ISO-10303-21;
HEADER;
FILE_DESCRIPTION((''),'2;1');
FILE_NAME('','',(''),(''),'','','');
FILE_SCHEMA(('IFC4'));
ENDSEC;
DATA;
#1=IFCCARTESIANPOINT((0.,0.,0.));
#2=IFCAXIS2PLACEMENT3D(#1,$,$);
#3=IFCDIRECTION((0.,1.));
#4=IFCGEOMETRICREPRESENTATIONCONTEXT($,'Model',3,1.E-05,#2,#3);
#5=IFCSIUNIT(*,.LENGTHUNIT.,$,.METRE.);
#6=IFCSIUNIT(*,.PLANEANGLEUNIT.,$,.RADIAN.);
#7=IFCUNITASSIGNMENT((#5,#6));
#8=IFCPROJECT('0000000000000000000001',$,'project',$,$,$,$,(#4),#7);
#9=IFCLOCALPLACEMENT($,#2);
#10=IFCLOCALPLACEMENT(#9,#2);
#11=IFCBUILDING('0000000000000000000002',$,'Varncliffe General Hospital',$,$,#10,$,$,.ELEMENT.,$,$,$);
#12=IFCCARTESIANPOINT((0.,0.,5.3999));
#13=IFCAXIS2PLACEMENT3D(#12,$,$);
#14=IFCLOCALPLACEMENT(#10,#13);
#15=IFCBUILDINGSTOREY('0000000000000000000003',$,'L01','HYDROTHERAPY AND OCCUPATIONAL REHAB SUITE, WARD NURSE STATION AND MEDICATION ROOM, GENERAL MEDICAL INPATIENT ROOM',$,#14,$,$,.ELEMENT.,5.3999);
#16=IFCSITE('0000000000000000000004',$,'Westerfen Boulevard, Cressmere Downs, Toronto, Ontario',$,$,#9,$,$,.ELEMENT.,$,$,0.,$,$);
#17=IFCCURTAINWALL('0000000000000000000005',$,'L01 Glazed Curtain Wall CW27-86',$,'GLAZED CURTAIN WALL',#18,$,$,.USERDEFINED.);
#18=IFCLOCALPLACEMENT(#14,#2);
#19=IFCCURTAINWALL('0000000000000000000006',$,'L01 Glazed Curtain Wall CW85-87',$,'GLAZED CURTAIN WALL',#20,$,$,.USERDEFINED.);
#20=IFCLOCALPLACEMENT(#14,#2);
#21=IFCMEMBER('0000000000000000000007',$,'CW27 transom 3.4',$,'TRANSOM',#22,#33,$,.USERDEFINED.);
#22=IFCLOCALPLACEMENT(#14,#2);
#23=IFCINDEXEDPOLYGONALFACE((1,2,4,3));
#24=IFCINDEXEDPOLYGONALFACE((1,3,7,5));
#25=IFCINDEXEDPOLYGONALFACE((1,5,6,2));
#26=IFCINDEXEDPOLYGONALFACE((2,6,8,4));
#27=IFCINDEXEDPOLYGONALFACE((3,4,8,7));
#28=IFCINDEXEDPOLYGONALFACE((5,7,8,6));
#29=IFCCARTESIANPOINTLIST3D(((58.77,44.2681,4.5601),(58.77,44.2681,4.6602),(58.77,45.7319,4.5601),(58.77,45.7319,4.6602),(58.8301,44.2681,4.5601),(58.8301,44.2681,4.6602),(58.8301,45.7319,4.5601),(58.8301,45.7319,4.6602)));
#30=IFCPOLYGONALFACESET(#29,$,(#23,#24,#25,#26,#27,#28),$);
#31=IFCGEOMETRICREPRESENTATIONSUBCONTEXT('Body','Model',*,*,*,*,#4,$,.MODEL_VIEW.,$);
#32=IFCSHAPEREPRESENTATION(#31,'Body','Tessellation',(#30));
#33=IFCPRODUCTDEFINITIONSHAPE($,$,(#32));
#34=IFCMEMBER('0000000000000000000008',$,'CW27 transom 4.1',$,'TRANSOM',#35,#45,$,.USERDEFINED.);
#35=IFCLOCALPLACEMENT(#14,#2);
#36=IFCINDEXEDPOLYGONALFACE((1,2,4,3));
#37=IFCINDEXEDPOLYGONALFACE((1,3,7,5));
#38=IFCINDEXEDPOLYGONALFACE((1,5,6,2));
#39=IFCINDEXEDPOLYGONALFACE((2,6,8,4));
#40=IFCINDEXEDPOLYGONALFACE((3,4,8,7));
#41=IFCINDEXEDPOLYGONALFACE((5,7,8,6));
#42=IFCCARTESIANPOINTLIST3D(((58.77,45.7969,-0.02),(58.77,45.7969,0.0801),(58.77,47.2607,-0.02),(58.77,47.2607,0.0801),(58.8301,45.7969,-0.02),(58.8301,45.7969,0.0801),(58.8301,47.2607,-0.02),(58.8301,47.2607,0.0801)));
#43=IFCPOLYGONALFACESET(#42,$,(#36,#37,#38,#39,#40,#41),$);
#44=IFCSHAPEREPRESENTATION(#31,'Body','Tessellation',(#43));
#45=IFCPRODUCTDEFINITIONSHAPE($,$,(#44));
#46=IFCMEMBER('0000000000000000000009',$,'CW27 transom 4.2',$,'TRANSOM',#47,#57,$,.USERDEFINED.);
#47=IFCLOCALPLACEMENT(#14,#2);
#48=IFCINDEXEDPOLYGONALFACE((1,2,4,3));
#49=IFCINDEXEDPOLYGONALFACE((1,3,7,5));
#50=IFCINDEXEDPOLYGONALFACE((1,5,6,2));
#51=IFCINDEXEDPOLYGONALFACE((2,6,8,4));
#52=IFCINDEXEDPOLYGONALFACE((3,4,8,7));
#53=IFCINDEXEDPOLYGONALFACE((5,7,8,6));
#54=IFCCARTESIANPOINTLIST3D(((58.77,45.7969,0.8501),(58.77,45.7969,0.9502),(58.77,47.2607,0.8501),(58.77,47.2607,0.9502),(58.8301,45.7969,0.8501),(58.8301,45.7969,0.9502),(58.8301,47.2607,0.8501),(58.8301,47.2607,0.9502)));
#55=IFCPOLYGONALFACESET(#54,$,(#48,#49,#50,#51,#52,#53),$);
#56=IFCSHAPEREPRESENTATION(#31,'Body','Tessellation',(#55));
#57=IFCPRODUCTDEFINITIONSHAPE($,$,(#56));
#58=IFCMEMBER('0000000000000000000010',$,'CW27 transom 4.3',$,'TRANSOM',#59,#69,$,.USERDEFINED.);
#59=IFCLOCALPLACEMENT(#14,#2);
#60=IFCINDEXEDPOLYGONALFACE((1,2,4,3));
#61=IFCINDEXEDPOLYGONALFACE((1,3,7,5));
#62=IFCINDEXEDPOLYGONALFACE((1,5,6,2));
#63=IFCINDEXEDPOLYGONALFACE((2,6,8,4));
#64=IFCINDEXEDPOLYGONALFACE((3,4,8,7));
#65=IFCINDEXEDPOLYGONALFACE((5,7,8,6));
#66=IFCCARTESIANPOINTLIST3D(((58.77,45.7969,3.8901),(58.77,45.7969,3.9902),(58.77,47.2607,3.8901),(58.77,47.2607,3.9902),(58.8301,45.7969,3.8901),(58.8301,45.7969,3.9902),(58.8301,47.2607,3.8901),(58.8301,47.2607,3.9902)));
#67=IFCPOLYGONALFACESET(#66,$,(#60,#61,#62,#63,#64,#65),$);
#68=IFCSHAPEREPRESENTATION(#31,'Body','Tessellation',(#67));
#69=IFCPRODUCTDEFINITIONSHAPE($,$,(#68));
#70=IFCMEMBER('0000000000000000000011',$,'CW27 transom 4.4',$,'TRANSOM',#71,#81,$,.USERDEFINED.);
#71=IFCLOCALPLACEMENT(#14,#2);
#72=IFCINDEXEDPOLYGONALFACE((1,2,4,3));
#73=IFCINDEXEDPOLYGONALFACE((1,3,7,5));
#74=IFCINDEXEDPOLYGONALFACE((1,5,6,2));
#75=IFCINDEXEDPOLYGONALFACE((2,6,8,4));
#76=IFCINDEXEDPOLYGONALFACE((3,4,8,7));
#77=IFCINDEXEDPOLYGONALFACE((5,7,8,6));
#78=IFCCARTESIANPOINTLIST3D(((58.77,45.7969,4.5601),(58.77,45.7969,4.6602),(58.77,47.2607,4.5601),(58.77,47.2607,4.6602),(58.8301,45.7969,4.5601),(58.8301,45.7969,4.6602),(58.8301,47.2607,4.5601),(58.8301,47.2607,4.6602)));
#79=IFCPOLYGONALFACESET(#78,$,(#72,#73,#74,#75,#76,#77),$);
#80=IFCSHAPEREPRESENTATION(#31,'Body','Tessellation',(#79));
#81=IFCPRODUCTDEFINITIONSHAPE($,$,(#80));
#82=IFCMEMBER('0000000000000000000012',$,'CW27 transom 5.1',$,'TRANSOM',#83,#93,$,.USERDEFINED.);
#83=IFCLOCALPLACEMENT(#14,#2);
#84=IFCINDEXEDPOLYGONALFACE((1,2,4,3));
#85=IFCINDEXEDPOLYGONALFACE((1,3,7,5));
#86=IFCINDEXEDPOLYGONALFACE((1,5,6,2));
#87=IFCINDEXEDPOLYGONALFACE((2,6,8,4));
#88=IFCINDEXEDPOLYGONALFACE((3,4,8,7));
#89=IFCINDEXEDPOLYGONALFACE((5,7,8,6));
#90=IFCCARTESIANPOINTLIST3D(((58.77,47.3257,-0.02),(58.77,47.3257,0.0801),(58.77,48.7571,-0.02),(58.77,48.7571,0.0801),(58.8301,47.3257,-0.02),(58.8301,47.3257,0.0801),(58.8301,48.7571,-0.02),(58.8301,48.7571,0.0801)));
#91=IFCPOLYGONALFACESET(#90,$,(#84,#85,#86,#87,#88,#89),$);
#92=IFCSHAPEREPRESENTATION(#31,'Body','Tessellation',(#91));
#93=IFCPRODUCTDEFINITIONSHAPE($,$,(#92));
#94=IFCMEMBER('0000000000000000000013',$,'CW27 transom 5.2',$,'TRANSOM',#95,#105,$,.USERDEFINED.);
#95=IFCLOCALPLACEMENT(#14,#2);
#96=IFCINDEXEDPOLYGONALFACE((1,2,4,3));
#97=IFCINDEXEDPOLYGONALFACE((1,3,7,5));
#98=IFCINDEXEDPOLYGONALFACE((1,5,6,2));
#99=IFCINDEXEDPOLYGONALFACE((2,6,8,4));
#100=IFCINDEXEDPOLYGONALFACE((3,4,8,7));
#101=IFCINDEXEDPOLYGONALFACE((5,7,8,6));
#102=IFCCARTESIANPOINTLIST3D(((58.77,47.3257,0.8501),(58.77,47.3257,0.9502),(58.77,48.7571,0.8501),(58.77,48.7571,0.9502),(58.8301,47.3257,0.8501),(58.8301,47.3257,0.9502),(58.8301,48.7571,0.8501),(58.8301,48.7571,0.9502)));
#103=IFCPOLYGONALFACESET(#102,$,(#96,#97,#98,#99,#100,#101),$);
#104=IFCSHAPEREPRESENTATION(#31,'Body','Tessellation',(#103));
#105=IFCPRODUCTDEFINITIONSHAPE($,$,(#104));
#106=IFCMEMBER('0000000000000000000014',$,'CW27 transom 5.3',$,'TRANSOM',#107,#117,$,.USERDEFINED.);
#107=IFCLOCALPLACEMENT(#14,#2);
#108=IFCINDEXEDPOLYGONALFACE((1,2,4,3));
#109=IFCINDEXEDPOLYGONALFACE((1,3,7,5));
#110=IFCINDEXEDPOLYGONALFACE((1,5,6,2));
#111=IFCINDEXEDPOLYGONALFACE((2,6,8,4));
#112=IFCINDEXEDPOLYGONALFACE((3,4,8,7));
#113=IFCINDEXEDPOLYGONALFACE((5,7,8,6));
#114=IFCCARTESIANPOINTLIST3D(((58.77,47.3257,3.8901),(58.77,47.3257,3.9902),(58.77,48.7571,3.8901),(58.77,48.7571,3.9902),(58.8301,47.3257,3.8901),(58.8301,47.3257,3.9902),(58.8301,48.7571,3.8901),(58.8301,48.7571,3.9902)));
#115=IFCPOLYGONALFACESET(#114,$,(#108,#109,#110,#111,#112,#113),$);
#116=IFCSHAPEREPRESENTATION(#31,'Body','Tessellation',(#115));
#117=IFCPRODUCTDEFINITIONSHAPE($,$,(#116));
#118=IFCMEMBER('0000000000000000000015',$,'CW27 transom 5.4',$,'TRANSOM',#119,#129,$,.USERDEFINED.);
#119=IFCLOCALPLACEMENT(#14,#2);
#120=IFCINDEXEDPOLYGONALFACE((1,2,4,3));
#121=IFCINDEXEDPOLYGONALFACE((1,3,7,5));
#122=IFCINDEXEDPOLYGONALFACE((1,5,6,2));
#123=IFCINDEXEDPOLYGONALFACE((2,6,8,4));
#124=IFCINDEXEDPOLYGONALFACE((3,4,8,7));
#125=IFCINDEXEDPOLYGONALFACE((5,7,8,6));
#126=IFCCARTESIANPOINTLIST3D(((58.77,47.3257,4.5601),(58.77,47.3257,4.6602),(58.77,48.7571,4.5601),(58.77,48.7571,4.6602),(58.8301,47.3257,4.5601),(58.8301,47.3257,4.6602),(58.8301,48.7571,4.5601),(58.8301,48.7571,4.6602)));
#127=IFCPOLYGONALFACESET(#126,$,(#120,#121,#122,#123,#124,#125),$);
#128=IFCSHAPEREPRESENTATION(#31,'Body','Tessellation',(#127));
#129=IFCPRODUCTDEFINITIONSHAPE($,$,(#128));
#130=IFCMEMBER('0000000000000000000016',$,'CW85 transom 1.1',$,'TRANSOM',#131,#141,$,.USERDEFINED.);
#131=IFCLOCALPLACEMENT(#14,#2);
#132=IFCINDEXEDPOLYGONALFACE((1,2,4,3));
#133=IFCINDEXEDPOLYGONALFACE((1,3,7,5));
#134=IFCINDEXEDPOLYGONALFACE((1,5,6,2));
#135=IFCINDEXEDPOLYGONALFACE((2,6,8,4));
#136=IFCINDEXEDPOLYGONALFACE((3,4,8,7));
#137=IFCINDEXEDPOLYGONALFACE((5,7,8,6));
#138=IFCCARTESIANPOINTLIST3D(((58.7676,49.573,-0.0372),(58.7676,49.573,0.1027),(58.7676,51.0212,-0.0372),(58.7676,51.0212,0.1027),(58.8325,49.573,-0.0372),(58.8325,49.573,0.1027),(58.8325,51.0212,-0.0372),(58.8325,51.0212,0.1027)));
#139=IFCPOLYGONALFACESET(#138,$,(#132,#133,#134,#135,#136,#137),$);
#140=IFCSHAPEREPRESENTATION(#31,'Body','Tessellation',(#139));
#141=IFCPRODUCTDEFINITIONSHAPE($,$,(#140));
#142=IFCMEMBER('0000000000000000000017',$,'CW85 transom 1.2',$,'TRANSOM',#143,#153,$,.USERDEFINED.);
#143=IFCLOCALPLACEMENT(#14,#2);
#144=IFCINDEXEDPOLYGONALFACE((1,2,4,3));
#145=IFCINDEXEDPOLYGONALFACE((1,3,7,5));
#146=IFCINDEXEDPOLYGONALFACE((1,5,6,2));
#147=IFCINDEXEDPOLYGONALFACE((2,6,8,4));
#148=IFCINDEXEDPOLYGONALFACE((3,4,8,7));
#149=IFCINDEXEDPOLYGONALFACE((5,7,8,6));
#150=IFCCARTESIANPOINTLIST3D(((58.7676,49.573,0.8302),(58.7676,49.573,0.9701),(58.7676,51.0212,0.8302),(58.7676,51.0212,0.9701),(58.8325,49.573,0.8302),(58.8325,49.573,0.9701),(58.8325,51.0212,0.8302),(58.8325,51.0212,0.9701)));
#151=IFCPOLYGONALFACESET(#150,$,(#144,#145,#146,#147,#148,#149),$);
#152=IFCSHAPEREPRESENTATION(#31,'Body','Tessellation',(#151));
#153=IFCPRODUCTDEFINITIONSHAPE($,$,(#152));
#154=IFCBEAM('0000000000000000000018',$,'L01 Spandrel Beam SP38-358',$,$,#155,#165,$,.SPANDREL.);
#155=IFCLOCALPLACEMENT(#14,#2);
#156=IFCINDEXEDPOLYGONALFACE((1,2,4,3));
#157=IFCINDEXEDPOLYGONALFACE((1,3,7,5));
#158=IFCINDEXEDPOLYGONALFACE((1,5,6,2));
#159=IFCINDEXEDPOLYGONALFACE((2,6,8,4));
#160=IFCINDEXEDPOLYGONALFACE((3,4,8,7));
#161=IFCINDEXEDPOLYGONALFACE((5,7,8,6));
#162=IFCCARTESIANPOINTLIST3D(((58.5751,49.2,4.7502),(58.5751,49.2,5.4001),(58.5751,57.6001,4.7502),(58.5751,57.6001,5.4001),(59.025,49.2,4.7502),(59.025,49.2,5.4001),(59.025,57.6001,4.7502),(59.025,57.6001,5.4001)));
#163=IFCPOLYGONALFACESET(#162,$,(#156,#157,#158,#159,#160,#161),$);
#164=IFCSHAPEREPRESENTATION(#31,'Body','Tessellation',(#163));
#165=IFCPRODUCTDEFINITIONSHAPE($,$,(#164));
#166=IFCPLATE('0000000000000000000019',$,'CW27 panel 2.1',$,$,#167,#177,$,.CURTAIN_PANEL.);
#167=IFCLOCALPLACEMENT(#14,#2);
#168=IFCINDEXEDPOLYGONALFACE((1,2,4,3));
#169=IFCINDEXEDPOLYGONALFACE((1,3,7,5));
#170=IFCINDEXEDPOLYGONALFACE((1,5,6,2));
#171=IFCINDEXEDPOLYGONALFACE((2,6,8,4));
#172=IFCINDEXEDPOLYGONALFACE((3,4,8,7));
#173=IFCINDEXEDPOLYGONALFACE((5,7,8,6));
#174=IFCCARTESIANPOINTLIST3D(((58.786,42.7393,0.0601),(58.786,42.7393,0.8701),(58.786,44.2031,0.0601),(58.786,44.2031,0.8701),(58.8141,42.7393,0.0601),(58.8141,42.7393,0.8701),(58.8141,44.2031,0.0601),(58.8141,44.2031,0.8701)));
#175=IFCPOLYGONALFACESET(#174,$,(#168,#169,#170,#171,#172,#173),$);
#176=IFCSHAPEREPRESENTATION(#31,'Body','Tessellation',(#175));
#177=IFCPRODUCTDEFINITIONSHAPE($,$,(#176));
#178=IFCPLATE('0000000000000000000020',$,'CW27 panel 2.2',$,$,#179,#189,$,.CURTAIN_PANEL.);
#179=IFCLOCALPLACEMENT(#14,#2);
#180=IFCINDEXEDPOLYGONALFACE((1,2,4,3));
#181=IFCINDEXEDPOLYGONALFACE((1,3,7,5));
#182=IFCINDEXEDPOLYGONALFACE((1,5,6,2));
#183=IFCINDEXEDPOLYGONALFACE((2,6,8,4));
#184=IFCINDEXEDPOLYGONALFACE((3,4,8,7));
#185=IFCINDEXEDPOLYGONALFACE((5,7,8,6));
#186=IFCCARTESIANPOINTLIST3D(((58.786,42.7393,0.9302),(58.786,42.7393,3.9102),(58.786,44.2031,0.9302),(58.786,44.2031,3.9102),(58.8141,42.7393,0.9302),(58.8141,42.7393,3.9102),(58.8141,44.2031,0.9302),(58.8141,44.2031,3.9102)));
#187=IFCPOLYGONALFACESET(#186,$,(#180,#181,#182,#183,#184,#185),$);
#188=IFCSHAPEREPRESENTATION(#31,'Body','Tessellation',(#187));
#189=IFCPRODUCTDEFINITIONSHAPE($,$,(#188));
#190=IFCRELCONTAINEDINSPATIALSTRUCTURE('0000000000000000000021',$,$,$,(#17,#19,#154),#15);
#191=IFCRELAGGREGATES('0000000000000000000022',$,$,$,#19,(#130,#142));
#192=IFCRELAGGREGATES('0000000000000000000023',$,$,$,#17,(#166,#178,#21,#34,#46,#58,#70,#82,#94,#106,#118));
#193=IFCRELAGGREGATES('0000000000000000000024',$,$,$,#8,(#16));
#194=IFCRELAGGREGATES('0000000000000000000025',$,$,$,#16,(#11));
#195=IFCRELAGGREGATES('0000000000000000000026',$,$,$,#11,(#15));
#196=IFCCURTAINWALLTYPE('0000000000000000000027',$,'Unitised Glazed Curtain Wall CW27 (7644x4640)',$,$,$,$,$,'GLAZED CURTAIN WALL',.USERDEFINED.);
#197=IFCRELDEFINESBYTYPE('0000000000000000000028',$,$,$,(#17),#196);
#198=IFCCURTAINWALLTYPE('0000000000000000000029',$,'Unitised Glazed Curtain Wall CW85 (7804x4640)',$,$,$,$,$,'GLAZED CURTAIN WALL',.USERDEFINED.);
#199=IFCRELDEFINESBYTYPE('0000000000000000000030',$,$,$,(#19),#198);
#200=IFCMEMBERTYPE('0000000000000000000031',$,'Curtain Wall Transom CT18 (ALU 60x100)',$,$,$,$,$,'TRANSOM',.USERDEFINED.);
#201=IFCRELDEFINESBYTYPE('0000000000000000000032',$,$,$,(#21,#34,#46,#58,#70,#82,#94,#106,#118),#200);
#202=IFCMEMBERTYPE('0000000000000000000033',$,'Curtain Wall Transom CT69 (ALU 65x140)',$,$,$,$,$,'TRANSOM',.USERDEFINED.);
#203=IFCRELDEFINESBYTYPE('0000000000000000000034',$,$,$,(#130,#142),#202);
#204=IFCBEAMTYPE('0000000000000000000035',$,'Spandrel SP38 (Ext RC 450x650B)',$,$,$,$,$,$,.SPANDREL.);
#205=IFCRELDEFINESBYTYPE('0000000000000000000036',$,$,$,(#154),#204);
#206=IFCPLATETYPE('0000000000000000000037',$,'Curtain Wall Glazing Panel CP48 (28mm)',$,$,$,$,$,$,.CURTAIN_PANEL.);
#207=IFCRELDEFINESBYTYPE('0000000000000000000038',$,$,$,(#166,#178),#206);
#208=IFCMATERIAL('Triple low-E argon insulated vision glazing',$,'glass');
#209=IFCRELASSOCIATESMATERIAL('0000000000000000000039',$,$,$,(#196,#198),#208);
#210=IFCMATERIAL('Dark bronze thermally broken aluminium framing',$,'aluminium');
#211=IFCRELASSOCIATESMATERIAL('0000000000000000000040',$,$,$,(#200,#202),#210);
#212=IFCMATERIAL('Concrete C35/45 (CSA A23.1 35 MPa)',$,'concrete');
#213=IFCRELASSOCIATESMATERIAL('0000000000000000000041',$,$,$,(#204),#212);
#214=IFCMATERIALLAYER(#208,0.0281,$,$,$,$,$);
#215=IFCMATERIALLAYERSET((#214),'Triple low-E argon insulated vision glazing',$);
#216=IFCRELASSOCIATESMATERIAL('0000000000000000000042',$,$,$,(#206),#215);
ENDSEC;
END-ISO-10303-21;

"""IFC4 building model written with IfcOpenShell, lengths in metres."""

from ifc_helpers import new_model, si_unit, direction, frame, origin, origin_2d, place, context, subcontext, project, spatial, rectangle, extrude, material, layer, layer_set, material_profile, profile_set, type_object, element, aggregate, save


model = new_model("IFC4")

# Units and contexts
model_context = context("Model", 3, precision=1e-05, world=origin(), true_north=direction((0.0, 1.0)))
body_context = subcontext(model_context, "Body", "Model", "MODEL_VIEW")
ifc_project = project(units=[si_unit("LENGTHUNIT", "METRE"), si_unit("PLANEANGLEUNIT", "RADIAN")], contexts=[model_context])

# Site, building, storey
site_placement = place(None, origin())
site = spatial("IfcSite", under=ifc_project, at=site_placement, Name="Westerfen Boulevard, Cressmere Downs, Toronto, Ontario", CompositionType="ELEMENT", RefElevation=0.0)
building_placement = place(site_placement, origin())
building = spatial("IfcBuilding", under=site, at=building_placement, Name="Varncliffe General Hospital", CompositionType="ELEMENT")
storey_placement = place(building_placement, frame((0.0, 0.0, 5.3999)))
storey = spatial("IfcBuildingStorey", under=building, at=storey_placement, Name="L01", Description="HYDROTHERAPY AND OCCUPATIONAL REHAB SUITE, WARD NURSE STATION AND MEDICATION ROOM, GENERAL MEDICAL INPATIENT ROOM", CompositionType="ELEMENT", Elevation=5.3999)

# Curtain wall
ifc_material_1 = material(Name="Triple low-E argon insulated vision glazing", Category="glass")
curtain_wall_type_1 = type_object("IfcCurtainWallType", Name="Unitised Glazed Curtain Wall CW27 (7644x4640)", ElementType="GLAZED CURTAIN WALL", PredefinedType="USERDEFINED", material=ifc_material_1)
curtain_wall_1_placement = place(storey_placement, origin())
curtain_wall_1 = element("IfcCurtainWall", 1, at=curtain_wall_1_placement, inside=storey, type_object=curtain_wall_type_1, Name="L01 Glazed Curtain Wall CW27-86", ObjectType="GLAZED CURTAIN WALL", PredefinedType="USERDEFINED")
ifc_material_2 = material(Name="Dark bronze thermally broken aluminium framing", Category="aluminium")

# Curtain wall
curtain_wall_type_2 = type_object("IfcCurtainWallType", Name="Unitised Glazed Curtain Wall CW85 (7804x4640)", ElementType="GLAZED CURTAIN WALL", PredefinedType="USERDEFINED", material=ifc_material_1)
curtain_wall_2_placement = place(storey_placement, origin())
curtain_wall_2 = element("IfcCurtainWall", 2, at=curtain_wall_2_placement, inside=storey, type_object=curtain_wall_type_2, Name="L01 Glazed Curtain Wall CW85-87", ObjectType="GLAZED CURTAIN WALL", PredefinedType="USERDEFINED")

# Members
ifc_material_profile_1 = material_profile(ifc_material_2, rectangle(XDim=0.0601, YDim=0.1001, at=origin_2d()), Name="ALU 60x100")
ifc_profile_set_1 = profile_set([ifc_material_profile_1], Name="Dark bronze thermally broken aluminium framing")
member_type_1 = type_object("IfcMemberType", Name="Curtain Wall Transom CT18 (ALU 60x100)", ElementType="TRANSOM", PredefinedType="USERDEFINED", material=ifc_profile_set_1)
member_1_placement = place(storey_placement, frame((58.8, 44.2681, 4.6101), z_axis=(0.0, 1.0, 0.0), x_axis=(-1.0, 0.0, 0.0)))
member_1 = element("IfcMember", 3, at=member_1_placement, type_object=member_type_1, Name="CW27 transom 3.4", ObjectType="TRANSOM", PredefinedType="USERDEFINED", context=body_context, shape_type="SweptSolid", body=[
    extrude(rectangle(XDim=0.0601, YDim=0.1001, at=origin_2d()), origin(), (0.0, 0.0, 1.0), 1.4639),
])
member_2_placement = place(storey_placement, frame((58.8, 45.7969, 0.03), z_axis=(0.0, 1.0, 0.0), x_axis=(-1.0, 0.0, 0.0)))
member_2 = element("IfcMember", 4, at=member_2_placement, type_object=member_type_1, Name="CW27 transom 4.1", ObjectType="TRANSOM", PredefinedType="USERDEFINED", context=body_context, shape_type="SweptSolid", body=[
    extrude(rectangle(XDim=0.0601, YDim=0.1001, at=origin_2d()), origin(), (0.0, 0.0, 1.0), 1.4639),
])
member_3_placement = place(storey_placement, frame((58.8, 45.7969, 0.9001), z_axis=(0.0, 1.0, 0.0), x_axis=(-1.0, 0.0, 0.0)))
member_3 = element("IfcMember", 5, at=member_3_placement, type_object=member_type_1, Name="CW27 transom 4.2", ObjectType="TRANSOM", PredefinedType="USERDEFINED", context=body_context, shape_type="SweptSolid", body=[
    extrude(rectangle(XDim=0.0601, YDim=0.1001, at=origin_2d()), origin(), (0.0, 0.0, 1.0), 1.4639),
])
member_4_placement = place(storey_placement, frame((58.8, 45.7969, 3.9402), z_axis=(0.0, 1.0, 0.0), x_axis=(-1.0, 0.0, 0.0)))
member_4 = element("IfcMember", 6, at=member_4_placement, type_object=member_type_1, Name="CW27 transom 4.3", ObjectType="TRANSOM", PredefinedType="USERDEFINED", context=body_context, shape_type="SweptSolid", body=[
    extrude(rectangle(XDim=0.0601, YDim=0.1001, at=origin_2d()), origin(), (0.0, 0.0, 1.0), 1.4639),
])
member_5_placement = place(storey_placement, frame((58.8, 45.7969, 4.6101), z_axis=(0.0, 1.0, 0.0), x_axis=(-1.0, 0.0, 0.0)))
member_5 = element("IfcMember", 7, at=member_5_placement, type_object=member_type_1, Name="CW27 transom 4.4", ObjectType="TRANSOM", PredefinedType="USERDEFINED", context=body_context, shape_type="SweptSolid", body=[
    extrude(rectangle(XDim=0.0601, YDim=0.1001, at=origin_2d()), origin(), (0.0, 0.0, 1.0), 1.4639),
])
member_6_placement = place(storey_placement, frame((58.8, 47.3257, 0.03), z_axis=(0.0, 1.0, 0.0), x_axis=(-1.0, 0.0, 0.0)))
member_6 = element("IfcMember", 8, at=member_6_placement, type_object=member_type_1, Name="CW27 transom 5.1", ObjectType="TRANSOM", PredefinedType="USERDEFINED", context=body_context, shape_type="SweptSolid", body=[
    extrude(rectangle(XDim=0.0601, YDim=0.1001, at=origin_2d()), origin(), (0.0, 0.0, 1.0), 1.4314),
])
member_7_placement = place(storey_placement, frame((58.8, 47.3257, 0.9001), z_axis=(0.0, 1.0, 0.0), x_axis=(-1.0, 0.0, 0.0)))
member_7 = element("IfcMember", 9, at=member_7_placement, type_object=member_type_1, Name="CW27 transom 5.2", ObjectType="TRANSOM", PredefinedType="USERDEFINED", context=body_context, shape_type="SweptSolid", body=[
    extrude(rectangle(XDim=0.0601, YDim=0.1001, at=origin_2d()), origin(), (0.0, 0.0, 1.0), 1.4314),
])
member_8_placement = place(storey_placement, frame((58.8, 47.3257, 3.9402), z_axis=(0.0, 1.0, 0.0), x_axis=(-1.0, 0.0, 0.0)))
member_8 = element("IfcMember", 10, at=member_8_placement, type_object=member_type_1, Name="CW27 transom 5.3", ObjectType="TRANSOM", PredefinedType="USERDEFINED", context=body_context, shape_type="SweptSolid", body=[
    extrude(rectangle(XDim=0.0601, YDim=0.1001, at=origin_2d()), origin(), (0.0, 0.0, 1.0), 1.4314),
])
member_9_placement = place(storey_placement, frame((58.8, 47.3257, 4.6101), z_axis=(0.0, 1.0, 0.0), x_axis=(-1.0, 0.0, 0.0)))
member_9 = element("IfcMember", 11, at=member_9_placement, type_object=member_type_1, Name="CW27 transom 5.4", ObjectType="TRANSOM", PredefinedType="USERDEFINED", context=body_context, shape_type="SweptSolid", body=[
    extrude(rectangle(XDim=0.0601, YDim=0.1001, at=origin_2d()), origin(), (0.0, 0.0, 1.0), 1.4314),
])
ifc_material_profile_2 = material_profile(ifc_material_2, rectangle(XDim=0.0649, YDim=0.1399, at=origin_2d()), Name="ALU 65x140")
ifc_profile_set_2 = profile_set([ifc_material_profile_2], Name="Dark bronze thermally broken aluminium framing")
member_type_2 = type_object("IfcMemberType", Name="Curtain Wall Transom CT69 (ALU 65x140)", ElementType="TRANSOM", PredefinedType="USERDEFINED", material=ifc_profile_set_2)
member_10_placement = place(storey_placement, frame((58.8, 49.573, 0.0327), z_axis=(0.0, 1.0, 0.0), x_axis=(-1.0, 0.0, 0.0)))
member_10 = element("IfcMember", 12, at=member_10_placement, type_object=member_type_2, Name="CW85 transom 1.1", ObjectType="TRANSOM", PredefinedType="USERDEFINED", context=body_context, shape_type="SweptSolid", body=[
    extrude(rectangle(XDim=0.0649, YDim=0.1399, at=origin_2d()), origin(), (0.0, 0.0, 1.0), 1.4482),
])
member_11_placement = place(storey_placement, frame((58.8, 49.573, 0.9001), z_axis=(0.0, 1.0, 0.0), x_axis=(-1.0, 0.0, 0.0)))
member_11 = element("IfcMember", 13, at=member_11_placement, type_object=member_type_2, Name="CW85 transom 1.2", ObjectType="TRANSOM", PredefinedType="USERDEFINED", context=body_context, shape_type="SweptSolid", body=[
    extrude(rectangle(XDim=0.0649, YDim=0.1399, at=origin_2d()), origin(), (0.0, 0.0, 1.0), 1.4482),
])
aggregate(curtain_wall_2, [member_10, member_11])

# Beam
ifc_material_3 = material(Name="Concrete C35/45 (CSA A23.1 35 MPa)", Category="concrete")
ifc_material_profile_3 = material_profile(ifc_material_3, rectangle(XDim=0.45, YDim=0.6499, at=origin_2d()), Name="RC 450x650")
ifc_profile_set_3 = profile_set([ifc_material_profile_3], Name="Concrete C35/45 (CSA A23.1 35 MPa)")
beam_type = type_object("IfcBeamType", Name="Spandrel SP38 (Ext RC 450x650B)", PredefinedType="SPANDREL", material=ifc_profile_set_3)
beam_placement = place(storey_placement, frame((58.8, 49.2, 5.0752), z_axis=(0.0, 1.0, 0.0), x_axis=(-1.0, 0.0, 0.0)))
element("IfcBeam", 14, at=beam_placement, inside=storey, type_object=beam_type, Name="L01 Spandrel Beam SP38-358", PredefinedType="SPANDREL", context=body_context, shape_type="SweptSolid", body=[
    extrude(rectangle(XDim=0.45, YDim=0.6499, at=origin_2d()), origin(), (0.0, 0.0, 1.0), 8.4001),
])

# Plates
ifc_layer = layer(ifc_material_1, 0.0281)
ifc_layer_set = layer_set([ifc_layer], Name="Triple low-E argon insulated vision glazing")
plate_type = type_object("IfcPlateType", Name="Curtain Wall Glazing Panel CP48 (28mm)", PredefinedType="CURTAIN_PANEL", material=ifc_layer_set)
plate_1_placement = place(storey_placement, frame((58.8, 43.4712, 0.0601), z_axis=(0.0, 0.0, 1.0), x_axis=(0.0, 1.0, 0.0)))
plate_1 = element("IfcPlate", 15, at=plate_1_placement, type_object=plate_type, Name="CW27 panel 2.1", PredefinedType="CURTAIN_PANEL", context=body_context, shape_type="SweptSolid", body=[
    extrude(rectangle(XDim=1.4639, YDim=0.0281, at=origin_2d()), origin(), (0.0, 0.0, 1.0), 0.8101),
])
plate_2_placement = place(storey_placement, frame((58.8, 43.4712, 0.9302), z_axis=(0.0, 0.0, 1.0), x_axis=(0.0, 1.0, 0.0)))
plate_2 = element("IfcPlate", 16, at=plate_2_placement, type_object=plate_type, Name="CW27 panel 2.2", PredefinedType="CURTAIN_PANEL", context=body_context, shape_type="SweptSolid", body=[
    extrude(rectangle(XDim=1.4639, YDim=0.0281, at=origin_2d()), origin(), (0.0, 0.0, 1.0), 2.98),
])
aggregate(curtain_wall_1, [plate_1, plate_2, member_1, member_2, member_3, member_4, member_5, member_6, member_7, member_8, member_9])

save(model, "model.ifc")
